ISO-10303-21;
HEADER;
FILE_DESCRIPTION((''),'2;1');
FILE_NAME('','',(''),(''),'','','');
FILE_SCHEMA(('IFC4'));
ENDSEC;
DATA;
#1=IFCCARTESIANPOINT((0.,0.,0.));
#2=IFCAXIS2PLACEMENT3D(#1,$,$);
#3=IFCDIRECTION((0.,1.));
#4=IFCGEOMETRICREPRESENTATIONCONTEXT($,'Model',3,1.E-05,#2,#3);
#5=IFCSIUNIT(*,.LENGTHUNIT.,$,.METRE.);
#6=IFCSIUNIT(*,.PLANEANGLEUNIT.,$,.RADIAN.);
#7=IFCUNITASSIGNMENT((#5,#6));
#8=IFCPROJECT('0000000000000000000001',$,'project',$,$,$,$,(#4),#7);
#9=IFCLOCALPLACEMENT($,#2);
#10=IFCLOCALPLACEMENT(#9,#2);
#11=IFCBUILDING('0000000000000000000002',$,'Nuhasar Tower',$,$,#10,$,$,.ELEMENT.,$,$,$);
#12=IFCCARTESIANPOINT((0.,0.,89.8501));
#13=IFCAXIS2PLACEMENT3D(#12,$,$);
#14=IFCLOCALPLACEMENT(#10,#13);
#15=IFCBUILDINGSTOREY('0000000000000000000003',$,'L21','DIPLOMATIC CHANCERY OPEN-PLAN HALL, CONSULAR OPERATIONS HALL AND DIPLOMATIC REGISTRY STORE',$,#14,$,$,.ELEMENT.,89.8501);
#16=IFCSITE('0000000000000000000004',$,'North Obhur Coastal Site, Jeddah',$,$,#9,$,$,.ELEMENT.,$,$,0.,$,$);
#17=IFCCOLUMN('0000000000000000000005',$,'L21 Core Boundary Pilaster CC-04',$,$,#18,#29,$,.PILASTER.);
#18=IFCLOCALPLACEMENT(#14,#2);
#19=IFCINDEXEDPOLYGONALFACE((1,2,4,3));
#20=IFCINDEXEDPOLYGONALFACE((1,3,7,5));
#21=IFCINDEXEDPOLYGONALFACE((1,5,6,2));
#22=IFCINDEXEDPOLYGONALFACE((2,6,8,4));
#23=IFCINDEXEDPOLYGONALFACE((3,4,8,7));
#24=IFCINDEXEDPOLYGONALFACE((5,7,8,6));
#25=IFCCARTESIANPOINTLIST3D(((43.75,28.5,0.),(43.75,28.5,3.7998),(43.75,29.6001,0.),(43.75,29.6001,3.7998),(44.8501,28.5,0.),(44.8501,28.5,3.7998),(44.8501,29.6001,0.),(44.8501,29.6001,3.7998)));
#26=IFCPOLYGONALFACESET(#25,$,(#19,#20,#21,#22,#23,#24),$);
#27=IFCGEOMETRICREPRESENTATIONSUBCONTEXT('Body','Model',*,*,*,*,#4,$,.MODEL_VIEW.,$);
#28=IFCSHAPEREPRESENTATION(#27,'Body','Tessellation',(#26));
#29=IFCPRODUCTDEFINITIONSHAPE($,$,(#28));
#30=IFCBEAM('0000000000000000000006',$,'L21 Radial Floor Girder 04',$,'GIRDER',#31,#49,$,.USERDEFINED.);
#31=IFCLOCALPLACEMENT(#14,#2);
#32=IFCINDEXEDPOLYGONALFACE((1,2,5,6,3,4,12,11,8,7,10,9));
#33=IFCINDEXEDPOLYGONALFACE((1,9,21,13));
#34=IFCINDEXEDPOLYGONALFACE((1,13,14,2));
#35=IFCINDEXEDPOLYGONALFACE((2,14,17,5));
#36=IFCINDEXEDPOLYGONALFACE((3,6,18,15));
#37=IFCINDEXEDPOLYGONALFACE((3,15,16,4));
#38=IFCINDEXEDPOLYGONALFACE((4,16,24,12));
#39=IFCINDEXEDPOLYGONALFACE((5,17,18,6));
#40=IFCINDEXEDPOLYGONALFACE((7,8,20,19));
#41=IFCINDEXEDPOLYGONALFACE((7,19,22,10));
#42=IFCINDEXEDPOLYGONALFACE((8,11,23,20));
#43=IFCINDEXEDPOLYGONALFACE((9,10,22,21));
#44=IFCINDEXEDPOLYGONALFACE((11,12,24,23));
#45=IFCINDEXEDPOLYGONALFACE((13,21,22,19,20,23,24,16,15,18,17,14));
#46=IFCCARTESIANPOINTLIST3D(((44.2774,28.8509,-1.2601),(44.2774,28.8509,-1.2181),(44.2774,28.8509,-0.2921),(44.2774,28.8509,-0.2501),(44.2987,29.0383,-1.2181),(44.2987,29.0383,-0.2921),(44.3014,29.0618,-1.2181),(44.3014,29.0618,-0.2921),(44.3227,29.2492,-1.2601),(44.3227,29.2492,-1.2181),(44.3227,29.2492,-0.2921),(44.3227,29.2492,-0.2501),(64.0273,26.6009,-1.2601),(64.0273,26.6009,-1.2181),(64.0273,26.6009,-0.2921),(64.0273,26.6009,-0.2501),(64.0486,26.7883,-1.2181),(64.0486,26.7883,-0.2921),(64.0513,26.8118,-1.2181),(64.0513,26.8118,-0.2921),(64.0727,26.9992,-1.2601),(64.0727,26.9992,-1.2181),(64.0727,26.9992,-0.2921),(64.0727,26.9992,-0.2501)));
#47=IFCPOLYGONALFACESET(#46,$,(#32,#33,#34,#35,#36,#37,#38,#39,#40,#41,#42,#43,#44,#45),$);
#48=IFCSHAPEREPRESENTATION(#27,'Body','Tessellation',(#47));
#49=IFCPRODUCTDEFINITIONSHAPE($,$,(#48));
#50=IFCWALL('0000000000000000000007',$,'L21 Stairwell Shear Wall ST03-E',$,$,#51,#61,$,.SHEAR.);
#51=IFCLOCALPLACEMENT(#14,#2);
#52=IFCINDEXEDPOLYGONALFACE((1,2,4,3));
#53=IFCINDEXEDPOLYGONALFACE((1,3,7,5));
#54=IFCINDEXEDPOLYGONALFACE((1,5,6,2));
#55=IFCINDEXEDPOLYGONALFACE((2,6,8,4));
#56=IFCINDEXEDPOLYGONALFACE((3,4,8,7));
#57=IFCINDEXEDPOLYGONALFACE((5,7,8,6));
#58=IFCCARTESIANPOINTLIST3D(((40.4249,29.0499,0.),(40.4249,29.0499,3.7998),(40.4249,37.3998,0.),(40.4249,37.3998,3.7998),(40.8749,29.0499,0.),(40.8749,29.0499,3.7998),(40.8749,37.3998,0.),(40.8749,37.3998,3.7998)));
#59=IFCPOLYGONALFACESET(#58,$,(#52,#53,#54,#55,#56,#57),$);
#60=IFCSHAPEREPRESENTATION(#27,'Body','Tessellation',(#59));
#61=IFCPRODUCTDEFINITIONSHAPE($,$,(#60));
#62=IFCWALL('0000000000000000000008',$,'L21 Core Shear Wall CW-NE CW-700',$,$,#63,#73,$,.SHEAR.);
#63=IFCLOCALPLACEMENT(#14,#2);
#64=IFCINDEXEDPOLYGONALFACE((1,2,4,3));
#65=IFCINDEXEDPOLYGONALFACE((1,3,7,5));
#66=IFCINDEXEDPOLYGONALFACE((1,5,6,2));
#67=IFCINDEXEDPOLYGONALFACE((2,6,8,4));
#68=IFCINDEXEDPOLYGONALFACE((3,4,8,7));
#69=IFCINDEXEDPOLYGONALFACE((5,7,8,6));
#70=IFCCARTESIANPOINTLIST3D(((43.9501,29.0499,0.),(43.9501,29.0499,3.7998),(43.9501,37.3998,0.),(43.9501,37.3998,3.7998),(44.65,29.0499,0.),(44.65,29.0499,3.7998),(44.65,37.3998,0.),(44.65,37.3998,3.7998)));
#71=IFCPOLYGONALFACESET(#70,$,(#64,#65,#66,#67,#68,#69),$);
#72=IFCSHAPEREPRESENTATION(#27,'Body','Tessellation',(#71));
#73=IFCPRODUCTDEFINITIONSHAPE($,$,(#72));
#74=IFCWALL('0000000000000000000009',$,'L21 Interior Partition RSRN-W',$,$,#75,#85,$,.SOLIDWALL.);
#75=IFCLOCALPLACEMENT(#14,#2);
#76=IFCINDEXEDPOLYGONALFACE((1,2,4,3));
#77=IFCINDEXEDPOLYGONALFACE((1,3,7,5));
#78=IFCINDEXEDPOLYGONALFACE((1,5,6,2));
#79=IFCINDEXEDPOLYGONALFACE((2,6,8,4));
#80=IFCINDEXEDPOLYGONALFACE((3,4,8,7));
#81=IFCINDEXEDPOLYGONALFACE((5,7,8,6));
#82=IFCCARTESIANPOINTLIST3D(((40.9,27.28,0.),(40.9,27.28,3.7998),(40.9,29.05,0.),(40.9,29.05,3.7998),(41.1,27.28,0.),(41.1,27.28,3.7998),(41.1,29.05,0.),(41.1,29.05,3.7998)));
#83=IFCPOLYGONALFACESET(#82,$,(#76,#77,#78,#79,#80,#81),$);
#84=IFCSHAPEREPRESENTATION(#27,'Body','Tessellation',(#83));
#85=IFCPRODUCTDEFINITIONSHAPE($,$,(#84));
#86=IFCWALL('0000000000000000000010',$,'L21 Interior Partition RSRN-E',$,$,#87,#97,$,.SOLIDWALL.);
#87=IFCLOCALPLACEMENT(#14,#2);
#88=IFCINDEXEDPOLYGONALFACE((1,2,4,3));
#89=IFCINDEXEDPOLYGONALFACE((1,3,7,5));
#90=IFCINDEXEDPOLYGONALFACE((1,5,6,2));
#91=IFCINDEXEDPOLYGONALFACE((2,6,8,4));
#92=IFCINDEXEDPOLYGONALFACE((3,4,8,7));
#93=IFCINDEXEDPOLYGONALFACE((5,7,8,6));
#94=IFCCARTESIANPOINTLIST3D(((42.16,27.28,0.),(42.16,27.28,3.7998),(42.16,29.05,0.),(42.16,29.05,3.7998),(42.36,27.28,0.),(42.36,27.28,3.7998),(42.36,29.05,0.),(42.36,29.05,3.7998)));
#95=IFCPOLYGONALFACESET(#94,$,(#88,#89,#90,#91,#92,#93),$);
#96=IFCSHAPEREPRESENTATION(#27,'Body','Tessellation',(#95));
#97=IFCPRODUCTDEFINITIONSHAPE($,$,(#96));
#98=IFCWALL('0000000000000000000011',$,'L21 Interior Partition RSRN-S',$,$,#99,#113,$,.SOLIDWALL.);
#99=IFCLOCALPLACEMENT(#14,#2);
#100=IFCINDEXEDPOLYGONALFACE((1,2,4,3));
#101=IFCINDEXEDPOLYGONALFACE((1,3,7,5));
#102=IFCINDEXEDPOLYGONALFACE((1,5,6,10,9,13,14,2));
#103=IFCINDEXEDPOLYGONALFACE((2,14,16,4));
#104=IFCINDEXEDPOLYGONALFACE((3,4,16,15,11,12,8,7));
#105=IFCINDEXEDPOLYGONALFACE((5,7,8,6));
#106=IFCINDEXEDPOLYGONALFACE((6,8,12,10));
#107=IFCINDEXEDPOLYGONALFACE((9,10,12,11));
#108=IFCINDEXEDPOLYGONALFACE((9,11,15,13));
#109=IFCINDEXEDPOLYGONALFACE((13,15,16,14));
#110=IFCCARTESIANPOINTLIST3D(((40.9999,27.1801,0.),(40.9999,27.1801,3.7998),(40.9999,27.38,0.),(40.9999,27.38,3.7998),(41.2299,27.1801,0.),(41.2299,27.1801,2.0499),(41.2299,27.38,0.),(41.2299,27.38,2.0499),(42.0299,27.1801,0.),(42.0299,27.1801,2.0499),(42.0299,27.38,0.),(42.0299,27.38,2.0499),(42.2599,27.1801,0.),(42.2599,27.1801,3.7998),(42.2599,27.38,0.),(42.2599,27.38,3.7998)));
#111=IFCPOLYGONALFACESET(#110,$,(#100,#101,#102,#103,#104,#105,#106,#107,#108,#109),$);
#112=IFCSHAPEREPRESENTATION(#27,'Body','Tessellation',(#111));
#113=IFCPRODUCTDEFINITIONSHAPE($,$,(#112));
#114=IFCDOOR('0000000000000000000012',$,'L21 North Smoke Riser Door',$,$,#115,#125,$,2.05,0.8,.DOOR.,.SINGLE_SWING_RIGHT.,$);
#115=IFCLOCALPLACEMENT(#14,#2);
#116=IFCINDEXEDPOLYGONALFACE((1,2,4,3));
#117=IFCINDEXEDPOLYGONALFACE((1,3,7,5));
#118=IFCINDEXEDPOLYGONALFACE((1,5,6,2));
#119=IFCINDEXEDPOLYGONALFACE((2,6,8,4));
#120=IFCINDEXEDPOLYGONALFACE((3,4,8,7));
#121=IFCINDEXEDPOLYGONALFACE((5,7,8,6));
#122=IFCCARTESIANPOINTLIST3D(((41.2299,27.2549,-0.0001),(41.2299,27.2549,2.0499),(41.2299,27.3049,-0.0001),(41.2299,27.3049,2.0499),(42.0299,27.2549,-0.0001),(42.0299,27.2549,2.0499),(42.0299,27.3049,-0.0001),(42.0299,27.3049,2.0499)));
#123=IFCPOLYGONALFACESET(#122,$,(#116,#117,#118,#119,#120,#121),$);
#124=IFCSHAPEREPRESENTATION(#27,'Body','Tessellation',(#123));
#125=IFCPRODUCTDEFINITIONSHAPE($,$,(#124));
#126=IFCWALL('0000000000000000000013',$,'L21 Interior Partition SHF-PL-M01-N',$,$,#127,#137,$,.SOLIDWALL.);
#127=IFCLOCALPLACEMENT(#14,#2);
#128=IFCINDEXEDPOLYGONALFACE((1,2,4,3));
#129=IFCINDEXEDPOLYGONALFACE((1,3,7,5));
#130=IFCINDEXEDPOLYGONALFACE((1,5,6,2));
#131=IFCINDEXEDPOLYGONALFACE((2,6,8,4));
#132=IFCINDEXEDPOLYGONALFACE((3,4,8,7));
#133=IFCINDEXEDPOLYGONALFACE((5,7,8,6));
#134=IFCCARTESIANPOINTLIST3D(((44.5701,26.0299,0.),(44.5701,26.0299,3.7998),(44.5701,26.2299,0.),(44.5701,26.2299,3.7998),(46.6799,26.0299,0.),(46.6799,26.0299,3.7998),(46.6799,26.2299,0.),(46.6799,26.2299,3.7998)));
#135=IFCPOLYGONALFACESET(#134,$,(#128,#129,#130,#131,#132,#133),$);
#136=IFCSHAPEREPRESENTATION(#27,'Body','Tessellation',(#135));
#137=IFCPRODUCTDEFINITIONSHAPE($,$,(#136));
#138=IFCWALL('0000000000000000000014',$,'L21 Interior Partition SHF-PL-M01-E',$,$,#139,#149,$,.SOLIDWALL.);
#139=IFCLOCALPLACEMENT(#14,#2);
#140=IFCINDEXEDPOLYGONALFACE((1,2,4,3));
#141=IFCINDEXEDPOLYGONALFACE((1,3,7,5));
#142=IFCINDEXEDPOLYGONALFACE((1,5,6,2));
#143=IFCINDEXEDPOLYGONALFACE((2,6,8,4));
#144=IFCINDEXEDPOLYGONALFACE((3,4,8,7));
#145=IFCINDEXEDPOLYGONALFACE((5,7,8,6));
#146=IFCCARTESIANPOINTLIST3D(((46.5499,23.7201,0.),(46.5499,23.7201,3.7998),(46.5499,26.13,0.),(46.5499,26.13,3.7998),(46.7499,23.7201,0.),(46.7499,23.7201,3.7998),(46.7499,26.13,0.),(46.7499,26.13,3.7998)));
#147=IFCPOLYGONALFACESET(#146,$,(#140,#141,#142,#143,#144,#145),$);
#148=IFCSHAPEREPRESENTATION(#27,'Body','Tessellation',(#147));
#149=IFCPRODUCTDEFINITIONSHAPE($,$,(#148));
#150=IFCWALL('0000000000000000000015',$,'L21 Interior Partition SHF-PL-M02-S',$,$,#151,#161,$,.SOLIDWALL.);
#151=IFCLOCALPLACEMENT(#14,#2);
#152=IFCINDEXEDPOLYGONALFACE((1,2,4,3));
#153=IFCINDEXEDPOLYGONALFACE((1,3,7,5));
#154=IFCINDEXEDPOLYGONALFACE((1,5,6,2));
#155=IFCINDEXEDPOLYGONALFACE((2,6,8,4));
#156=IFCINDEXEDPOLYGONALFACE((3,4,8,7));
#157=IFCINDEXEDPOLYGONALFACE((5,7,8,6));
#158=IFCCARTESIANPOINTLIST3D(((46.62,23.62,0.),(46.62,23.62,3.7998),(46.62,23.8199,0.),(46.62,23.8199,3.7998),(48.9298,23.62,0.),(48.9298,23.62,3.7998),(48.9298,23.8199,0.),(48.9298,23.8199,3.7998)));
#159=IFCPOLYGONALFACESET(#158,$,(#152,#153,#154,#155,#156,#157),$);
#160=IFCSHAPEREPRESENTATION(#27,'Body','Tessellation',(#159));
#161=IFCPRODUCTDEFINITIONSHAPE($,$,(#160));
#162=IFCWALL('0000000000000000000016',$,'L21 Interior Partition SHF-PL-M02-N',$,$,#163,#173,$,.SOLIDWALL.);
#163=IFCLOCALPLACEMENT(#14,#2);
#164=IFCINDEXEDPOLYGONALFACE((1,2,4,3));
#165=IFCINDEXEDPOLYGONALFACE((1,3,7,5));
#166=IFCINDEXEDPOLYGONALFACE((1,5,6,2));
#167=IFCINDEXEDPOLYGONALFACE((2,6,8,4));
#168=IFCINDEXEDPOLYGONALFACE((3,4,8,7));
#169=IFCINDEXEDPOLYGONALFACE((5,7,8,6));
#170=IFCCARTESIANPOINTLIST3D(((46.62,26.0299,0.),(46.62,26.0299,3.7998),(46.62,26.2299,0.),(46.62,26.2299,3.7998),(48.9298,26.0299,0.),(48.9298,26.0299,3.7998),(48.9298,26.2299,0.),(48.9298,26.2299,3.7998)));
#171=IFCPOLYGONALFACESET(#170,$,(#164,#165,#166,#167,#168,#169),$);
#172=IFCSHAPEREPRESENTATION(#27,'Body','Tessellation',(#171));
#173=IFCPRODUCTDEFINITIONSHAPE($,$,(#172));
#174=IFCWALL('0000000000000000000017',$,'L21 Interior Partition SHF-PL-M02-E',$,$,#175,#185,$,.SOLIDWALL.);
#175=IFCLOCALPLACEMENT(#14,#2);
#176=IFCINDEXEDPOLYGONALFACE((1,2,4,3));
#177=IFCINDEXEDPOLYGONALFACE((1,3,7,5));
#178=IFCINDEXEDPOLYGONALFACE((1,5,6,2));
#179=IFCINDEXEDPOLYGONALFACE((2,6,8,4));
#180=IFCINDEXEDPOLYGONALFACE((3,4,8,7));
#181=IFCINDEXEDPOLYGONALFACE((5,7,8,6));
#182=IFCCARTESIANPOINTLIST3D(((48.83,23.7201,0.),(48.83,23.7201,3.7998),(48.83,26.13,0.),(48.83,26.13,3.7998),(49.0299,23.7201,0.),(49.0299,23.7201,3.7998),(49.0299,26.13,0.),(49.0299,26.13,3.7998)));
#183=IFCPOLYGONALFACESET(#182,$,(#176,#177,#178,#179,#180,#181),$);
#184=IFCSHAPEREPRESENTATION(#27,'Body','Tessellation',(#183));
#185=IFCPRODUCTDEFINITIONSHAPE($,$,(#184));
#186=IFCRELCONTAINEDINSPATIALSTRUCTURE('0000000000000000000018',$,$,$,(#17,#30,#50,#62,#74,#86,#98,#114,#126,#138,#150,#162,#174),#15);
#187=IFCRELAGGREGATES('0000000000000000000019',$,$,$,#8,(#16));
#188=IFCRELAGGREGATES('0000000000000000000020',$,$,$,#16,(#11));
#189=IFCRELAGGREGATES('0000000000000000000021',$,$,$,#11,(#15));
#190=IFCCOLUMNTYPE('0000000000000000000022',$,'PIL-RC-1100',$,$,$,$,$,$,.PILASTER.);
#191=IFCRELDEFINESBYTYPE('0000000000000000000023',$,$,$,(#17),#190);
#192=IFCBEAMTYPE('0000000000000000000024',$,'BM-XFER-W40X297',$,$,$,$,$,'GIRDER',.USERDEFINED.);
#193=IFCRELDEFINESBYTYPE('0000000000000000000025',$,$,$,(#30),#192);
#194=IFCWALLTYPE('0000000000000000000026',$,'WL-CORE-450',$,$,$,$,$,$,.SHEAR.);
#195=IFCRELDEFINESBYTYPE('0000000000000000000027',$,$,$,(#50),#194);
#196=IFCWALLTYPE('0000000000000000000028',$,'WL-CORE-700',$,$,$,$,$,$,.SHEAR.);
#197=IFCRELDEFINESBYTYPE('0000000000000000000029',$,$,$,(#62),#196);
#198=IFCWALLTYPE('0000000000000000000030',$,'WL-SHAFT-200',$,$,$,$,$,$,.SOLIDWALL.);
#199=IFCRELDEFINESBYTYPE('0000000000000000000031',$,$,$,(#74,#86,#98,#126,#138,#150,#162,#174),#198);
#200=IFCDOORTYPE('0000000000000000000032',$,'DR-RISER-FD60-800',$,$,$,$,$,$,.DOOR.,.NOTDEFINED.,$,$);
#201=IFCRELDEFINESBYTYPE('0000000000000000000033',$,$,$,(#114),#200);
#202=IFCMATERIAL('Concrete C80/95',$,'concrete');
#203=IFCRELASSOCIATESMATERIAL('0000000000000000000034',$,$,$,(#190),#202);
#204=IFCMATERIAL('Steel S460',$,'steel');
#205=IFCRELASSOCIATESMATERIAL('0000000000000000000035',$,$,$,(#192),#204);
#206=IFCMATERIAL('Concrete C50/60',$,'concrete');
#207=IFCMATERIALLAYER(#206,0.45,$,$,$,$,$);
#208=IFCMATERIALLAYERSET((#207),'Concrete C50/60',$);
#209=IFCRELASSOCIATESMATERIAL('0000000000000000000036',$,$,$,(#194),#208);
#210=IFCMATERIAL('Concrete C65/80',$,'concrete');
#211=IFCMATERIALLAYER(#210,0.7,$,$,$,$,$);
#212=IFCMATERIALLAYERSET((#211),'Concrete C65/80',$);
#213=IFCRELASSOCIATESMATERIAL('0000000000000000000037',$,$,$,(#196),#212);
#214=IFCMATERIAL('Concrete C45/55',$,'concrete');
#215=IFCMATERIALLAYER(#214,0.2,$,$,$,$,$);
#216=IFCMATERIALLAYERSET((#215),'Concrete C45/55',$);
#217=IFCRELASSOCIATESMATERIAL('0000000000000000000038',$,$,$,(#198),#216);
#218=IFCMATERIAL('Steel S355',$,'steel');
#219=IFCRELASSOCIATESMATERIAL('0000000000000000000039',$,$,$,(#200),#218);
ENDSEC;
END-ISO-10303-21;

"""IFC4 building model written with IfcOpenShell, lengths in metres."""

from ifc_helpers import new_model, si_unit, direction, frame, frame_2d, origin, origin_2d, place, context, subcontext, project, spatial, rectangle, i_section, extrude, material, layer, layer_set, material_profile, profile_set, type_object, element, fill, save


model = new_model("IFC4")

# Units and contexts
model_context = context("Model", 3, precision=1e-05, world=origin(), true_north=direction((0.0, 1.0)))
body_context = subcontext(model_context, "Body", "Model", "MODEL_VIEW")
ifc_project = project(units=[si_unit("LENGTHUNIT", "METRE"), si_unit("PLANEANGLEUNIT", "RADIAN")], contexts=[model_context])

# Site, building, storey
site_placement = place(None, origin())
site = spatial("IfcSite", under=ifc_project, at=site_placement, Name="North Obhur Coastal Site, Jeddah", CompositionType="ELEMENT", RefElevation=0.0)
building_placement = place(site_placement, origin())
building = spatial("IfcBuilding", under=site, at=building_placement, Name="Nuhasar Tower", CompositionType="ELEMENT")
storey_placement = place(building_placement, frame((0.0, 0.0, 89.8501)))
storey = spatial("IfcBuildingStorey", under=building, at=storey_placement, Name="L21", Description="DIPLOMATIC CHANCERY OPEN-PLAN HALL, CONSULAR OPERATIONS HALL AND DIPLOMATIC REGISTRY STORE", CompositionType="ELEMENT", Elevation=89.8501)

# Column
ifc_material_1 = material(Name="Concrete C80/95", Category="concrete")
ifc_material_profile_1 = material_profile(ifc_material_1, rectangle(XDim=1.1001, YDim=1.1001, at=origin_2d()), Name="RC1100X1100")
ifc_profile_set_1 = profile_set([ifc_material_profile_1], Name="Concrete C80/95")
column_type = type_object("IfcColumnType", Name="PIL-RC-1100", PredefinedType="PILASTER", material=ifc_profile_set_1)
column_placement = place(storey_placement, frame((44.3, 29.05, 0.0), z_axis=(0.0, 0.0, 1.0), x_axis=(1.0, 0.0, 0.0)))
element("IfcColumn", 1, at=column_placement, inside=storey, type_object=column_type, Name="L21 Core Boundary Pilaster CC-04", PredefinedType="PILASTER", context=body_context, shape_type="SweptSolid", body=[
    extrude(rectangle(XDim=1.1001, YDim=1.1001, at=origin_2d()), origin(), (0.0, 0.0, 1.0), 3.7998),
])

# Beam
ifc_material_2 = material(Name="Steel S460", Category="steel")
ifc_material_profile_2 = material_profile(ifc_material_2, i_section(OverallWidth=0.4009, OverallDepth=1.01, WebThickness=0.0237, FlangeThickness=0.042, at=origin_2d()), Name="W40X297")
ifc_profile_set_2 = profile_set([ifc_material_profile_2], Name="Steel S460")
beam_type = type_object("IfcBeamType", Name="BM-XFER-W40X297", ElementType="GIRDER", PredefinedType="USERDEFINED", material=ifc_profile_set_2)
beam_placement = place(storey_placement, frame((44.3, 29.05, -0.7551), z_axis=(0.993573, -0.113192, 0.0), x_axis=(0.113192, 0.993573, 0.0)))
element("IfcBeam", 2, at=beam_placement, inside=storey, type_object=beam_type, Name="L21 Radial Floor Girder 04", ObjectType="GIRDER", PredefinedType="USERDEFINED", context=body_context, shape_type="SweptSolid", body=[
    extrude(i_section(OverallWidth=0.4009, OverallDepth=1.01, WebThickness=0.0237, FlangeThickness=0.042, at=origin_2d()), origin(), (0.0, 0.0, 1.0), 19.8777),
])

# Walls
ifc_material_3 = material(Name="Concrete C50/60", Category="concrete")
ifc_layer_1 = layer(ifc_material_3, 0.45)
ifc_layer_set_1 = layer_set([ifc_layer_1], Name="Concrete C50/60")
wall_type_1 = type_object("IfcWallType", Name="WL-CORE-450", PredefinedType="SHEAR", material=ifc_layer_set_1)
wall_1_placement = place(storey_placement, frame((40.6499, 29.05, 0.0), z_axis=(0.0, 0.0, 1.0), x_axis=(0.0, 1.0, 0.0)))
element("IfcWall", 3, at=wall_1_placement, inside=storey, type_object=wall_type_1, Name="L21 Stairwell Shear Wall ST03-E", PredefinedType="SHEAR", context=body_context, shape_type="SweptSolid", body=[
    extrude(rectangle(XDim=8.3499, YDim=0.45, at=frame_2d((4.1748, 0.0))), origin(), (0.0, 0.0, 1.0), 3.7998),
])
ifc_material_4 = material(Name="Concrete C65/80", Category="concrete")
ifc_layer_2 = layer(ifc_material_4, 0.7)
ifc_layer_set_2 = layer_set([ifc_layer_2], Name="Concrete C65/80")
wall_type_2 = type_object("IfcWallType", Name="WL-CORE-700", PredefinedType="SHEAR", material=ifc_layer_set_2)
wall_2_placement = place(storey_placement, frame((44.3, 29.05, 0.0), z_axis=(0.0, 0.0, 1.0), x_axis=(0.0, 1.0, 0.0)))
element("IfcWall", 4, at=wall_2_placement, inside=storey, type_object=wall_type_2, Name="L21 Core Shear Wall CW-NE CW-700", PredefinedType="SHEAR", context=body_context, shape_type="SweptSolid", body=[
    extrude(rectangle(XDim=8.3499, YDim=0.7, at=frame_2d((4.1748, 0.0))), origin(), (0.0, 0.0, 1.0), 3.7998),
])
ifc_material_5 = material(Name="Concrete C45/55", Category="concrete")
ifc_layer_3 = layer(ifc_material_5, 0.2)
ifc_layer_set_3 = layer_set([ifc_layer_3], Name="Concrete C45/55")
wall_type_3 = type_object("IfcWallType", Name="WL-SHAFT-200", PredefinedType="SOLIDWALL", material=ifc_layer_set_3)
for number, where, z_axis, x_axis, name in (
    (5, (41.0, 27.28, 0.0), (0.0, 0.0, 1.0), (0.0, 1.0, 0.0), "L21 Interior Partition RSRN-W"),
    (6, (42.26, 27.28, 0.0), (0.0, 0.0, 1.0), (0.0, 1.0, 0.0), "L21 Interior Partition RSRN-E"),
):
    element("IfcWall", number, at=place(storey_placement, frame(where, z_axis=z_axis, x_axis=x_axis)), inside=storey, type_object=wall_type_3, Name=name, PredefinedType="SOLIDWALL", context=body_context, shape_type="SweptSolid", body=[
        extrude(rectangle(XDim=1.77, YDim=0.2, at=frame_2d((0.885, 0.0))), origin(), (0.0, 0.0, 1.0), 3.7998),
    ])

# Wall, opening, door
wall_3_placement = place(storey_placement, frame((41.0, 27.28, 0.0), z_axis=(0.0, 0.0, 1.0), x_axis=(1.0, 0.0, 0.0)))
wall_3 = element("IfcWall", 7, at=wall_3_placement, inside=storey, type_object=wall_type_3, Name="L21 Interior Partition RSRN-S", PredefinedType="SOLIDWALL", context=body_context, shape_type="SweptSolid", body=[
    extrude(rectangle(XDim=1.26, YDim=0.2, at=frame_2d((0.6299, 0.0))), origin(), (0.0, 0.0, 1.0), 3.7998),
])
opening_1_placement = place(wall_3_placement, frame((0.23, 0.0, 0.0)))
opening_1 = element("IfcOpeningElement", 8, at=opening_1_placement, cuts=wall_3, PredefinedType="OPENING", context=body_context, shape_type="SweptSolid", body=[
    extrude(rectangle(XDim=0.8, YDim=2.05, at=frame_2d((0.3999, 1.0249))), frame((0.0, 0.1099, 0.0), z_axis=(0.0, -1.0, 0.0), x_axis=(1.0, 0.0, 0.0)), (0.0, 0.0, 1.0), 0.22),
])
ifc_material_6 = material(Name="Steel S355", Category="steel")
door_type = type_object("IfcDoorType", Name="DR-RISER-FD60-800", OperationType="NOTDEFINED", PredefinedType="DOOR", material=ifc_material_6)
door_1_placement = place(opening_1_placement, origin())
door_1 = element("IfcDoor", 9, at=door_1_placement, inside=storey, type_object=door_type, Name="L21 North Smoke Riser Door", OperationType="SINGLE_SWING_RIGHT", OverallHeight=2.05, OverallWidth=0.8, PredefinedType="DOOR", context=body_context, shape_type="SweptSolid", body=[
    extrude(rectangle(XDim=0.8, YDim=2.05, at=frame_2d((0.3999, 1.0249))), frame((0.0, 0.0249, 0.0), z_axis=(0.0, -1.0, 0.0), x_axis=(1.0, 0.0, 0.0)), (0.0, 0.0, 1.0), 0.05),
])
fill(opening_1, door_1)

# Walls
wall_4_placement = place(storey_placement, frame((44.5701, 26.1299, 0.0), z_axis=(0.0, 0.0, 1.0), x_axis=(1.0, 0.0, 0.0)))
element("IfcWall", 10, at=wall_4_placement, inside=storey, type_object=wall_type_3, Name="L21 Interior Partition SHF-PL-M01-N", PredefinedType="SOLIDWALL", context=body_context, shape_type="SweptSolid", body=[
    extrude(rectangle(XDim=2.1099, YDim=0.2, at=frame_2d((1.0549, 0.0))), origin(), (0.0, 0.0, 1.0), 3.7998),
])
wall_5_placement = place(storey_placement, frame((46.6499, 23.72, 0.0), z_axis=(0.0, 0.0, 1.0), x_axis=(0.0, 1.0, 0.0)))
element("IfcWall", 11, at=wall_5_placement, inside=storey, type_object=wall_type_3, Name="L21 Interior Partition SHF-PL-M01-E", PredefinedType="SOLIDWALL", context=body_context, shape_type="SweptSolid", body=[
    extrude(rectangle(XDim=2.4099, YDim=0.2, at=frame_2d((1.2051, 0.0))), origin(), (0.0, 0.0, 1.0), 3.7998),
])
for number, where, z_axis, x_axis, name in (
    (12, (46.6201, 23.72, 0.0), (0.0, 0.0, 1.0), (1.0, 0.0, 0.0), "L21 Interior Partition SHF-PL-M02-S"),
    (13, (46.6201, 26.1299, 0.0), (0.0, 0.0, 1.0), (1.0, 0.0, 0.0), "L21 Interior Partition SHF-PL-M02-N"),
):
    element("IfcWall", number, at=place(storey_placement, frame(where, z_axis=z_axis, x_axis=x_axis)), inside=storey, type_object=wall_type_3, Name=name, PredefinedType="SOLIDWALL", context=body_context, shape_type="SweptSolid", body=[
        extrude(rectangle(XDim=2.3098, YDim=0.2, at=frame_2d((1.1548, 0.0))), origin(), (0.0, 0.0, 1.0), 3.7998),
    ])
wall_6_placement = place(storey_placement, frame((48.9299, 23.72, 0.0), z_axis=(0.0, 0.0, 1.0), x_axis=(0.0, 1.0, 0.0)))
element("IfcWall", 14, at=wall_6_placement, inside=storey, type_object=wall_type_3, Name="L21 Interior Partition SHF-PL-M02-E", PredefinedType="SOLIDWALL", context=body_context, shape_type="SweptSolid", body=[
    extrude(rectangle(XDim=2.4099, YDim=0.2, at=frame_2d((1.2051, 0.0))), origin(), (0.0, 0.0, 1.0), 3.7998),
])

save(model, "model.ifc")
